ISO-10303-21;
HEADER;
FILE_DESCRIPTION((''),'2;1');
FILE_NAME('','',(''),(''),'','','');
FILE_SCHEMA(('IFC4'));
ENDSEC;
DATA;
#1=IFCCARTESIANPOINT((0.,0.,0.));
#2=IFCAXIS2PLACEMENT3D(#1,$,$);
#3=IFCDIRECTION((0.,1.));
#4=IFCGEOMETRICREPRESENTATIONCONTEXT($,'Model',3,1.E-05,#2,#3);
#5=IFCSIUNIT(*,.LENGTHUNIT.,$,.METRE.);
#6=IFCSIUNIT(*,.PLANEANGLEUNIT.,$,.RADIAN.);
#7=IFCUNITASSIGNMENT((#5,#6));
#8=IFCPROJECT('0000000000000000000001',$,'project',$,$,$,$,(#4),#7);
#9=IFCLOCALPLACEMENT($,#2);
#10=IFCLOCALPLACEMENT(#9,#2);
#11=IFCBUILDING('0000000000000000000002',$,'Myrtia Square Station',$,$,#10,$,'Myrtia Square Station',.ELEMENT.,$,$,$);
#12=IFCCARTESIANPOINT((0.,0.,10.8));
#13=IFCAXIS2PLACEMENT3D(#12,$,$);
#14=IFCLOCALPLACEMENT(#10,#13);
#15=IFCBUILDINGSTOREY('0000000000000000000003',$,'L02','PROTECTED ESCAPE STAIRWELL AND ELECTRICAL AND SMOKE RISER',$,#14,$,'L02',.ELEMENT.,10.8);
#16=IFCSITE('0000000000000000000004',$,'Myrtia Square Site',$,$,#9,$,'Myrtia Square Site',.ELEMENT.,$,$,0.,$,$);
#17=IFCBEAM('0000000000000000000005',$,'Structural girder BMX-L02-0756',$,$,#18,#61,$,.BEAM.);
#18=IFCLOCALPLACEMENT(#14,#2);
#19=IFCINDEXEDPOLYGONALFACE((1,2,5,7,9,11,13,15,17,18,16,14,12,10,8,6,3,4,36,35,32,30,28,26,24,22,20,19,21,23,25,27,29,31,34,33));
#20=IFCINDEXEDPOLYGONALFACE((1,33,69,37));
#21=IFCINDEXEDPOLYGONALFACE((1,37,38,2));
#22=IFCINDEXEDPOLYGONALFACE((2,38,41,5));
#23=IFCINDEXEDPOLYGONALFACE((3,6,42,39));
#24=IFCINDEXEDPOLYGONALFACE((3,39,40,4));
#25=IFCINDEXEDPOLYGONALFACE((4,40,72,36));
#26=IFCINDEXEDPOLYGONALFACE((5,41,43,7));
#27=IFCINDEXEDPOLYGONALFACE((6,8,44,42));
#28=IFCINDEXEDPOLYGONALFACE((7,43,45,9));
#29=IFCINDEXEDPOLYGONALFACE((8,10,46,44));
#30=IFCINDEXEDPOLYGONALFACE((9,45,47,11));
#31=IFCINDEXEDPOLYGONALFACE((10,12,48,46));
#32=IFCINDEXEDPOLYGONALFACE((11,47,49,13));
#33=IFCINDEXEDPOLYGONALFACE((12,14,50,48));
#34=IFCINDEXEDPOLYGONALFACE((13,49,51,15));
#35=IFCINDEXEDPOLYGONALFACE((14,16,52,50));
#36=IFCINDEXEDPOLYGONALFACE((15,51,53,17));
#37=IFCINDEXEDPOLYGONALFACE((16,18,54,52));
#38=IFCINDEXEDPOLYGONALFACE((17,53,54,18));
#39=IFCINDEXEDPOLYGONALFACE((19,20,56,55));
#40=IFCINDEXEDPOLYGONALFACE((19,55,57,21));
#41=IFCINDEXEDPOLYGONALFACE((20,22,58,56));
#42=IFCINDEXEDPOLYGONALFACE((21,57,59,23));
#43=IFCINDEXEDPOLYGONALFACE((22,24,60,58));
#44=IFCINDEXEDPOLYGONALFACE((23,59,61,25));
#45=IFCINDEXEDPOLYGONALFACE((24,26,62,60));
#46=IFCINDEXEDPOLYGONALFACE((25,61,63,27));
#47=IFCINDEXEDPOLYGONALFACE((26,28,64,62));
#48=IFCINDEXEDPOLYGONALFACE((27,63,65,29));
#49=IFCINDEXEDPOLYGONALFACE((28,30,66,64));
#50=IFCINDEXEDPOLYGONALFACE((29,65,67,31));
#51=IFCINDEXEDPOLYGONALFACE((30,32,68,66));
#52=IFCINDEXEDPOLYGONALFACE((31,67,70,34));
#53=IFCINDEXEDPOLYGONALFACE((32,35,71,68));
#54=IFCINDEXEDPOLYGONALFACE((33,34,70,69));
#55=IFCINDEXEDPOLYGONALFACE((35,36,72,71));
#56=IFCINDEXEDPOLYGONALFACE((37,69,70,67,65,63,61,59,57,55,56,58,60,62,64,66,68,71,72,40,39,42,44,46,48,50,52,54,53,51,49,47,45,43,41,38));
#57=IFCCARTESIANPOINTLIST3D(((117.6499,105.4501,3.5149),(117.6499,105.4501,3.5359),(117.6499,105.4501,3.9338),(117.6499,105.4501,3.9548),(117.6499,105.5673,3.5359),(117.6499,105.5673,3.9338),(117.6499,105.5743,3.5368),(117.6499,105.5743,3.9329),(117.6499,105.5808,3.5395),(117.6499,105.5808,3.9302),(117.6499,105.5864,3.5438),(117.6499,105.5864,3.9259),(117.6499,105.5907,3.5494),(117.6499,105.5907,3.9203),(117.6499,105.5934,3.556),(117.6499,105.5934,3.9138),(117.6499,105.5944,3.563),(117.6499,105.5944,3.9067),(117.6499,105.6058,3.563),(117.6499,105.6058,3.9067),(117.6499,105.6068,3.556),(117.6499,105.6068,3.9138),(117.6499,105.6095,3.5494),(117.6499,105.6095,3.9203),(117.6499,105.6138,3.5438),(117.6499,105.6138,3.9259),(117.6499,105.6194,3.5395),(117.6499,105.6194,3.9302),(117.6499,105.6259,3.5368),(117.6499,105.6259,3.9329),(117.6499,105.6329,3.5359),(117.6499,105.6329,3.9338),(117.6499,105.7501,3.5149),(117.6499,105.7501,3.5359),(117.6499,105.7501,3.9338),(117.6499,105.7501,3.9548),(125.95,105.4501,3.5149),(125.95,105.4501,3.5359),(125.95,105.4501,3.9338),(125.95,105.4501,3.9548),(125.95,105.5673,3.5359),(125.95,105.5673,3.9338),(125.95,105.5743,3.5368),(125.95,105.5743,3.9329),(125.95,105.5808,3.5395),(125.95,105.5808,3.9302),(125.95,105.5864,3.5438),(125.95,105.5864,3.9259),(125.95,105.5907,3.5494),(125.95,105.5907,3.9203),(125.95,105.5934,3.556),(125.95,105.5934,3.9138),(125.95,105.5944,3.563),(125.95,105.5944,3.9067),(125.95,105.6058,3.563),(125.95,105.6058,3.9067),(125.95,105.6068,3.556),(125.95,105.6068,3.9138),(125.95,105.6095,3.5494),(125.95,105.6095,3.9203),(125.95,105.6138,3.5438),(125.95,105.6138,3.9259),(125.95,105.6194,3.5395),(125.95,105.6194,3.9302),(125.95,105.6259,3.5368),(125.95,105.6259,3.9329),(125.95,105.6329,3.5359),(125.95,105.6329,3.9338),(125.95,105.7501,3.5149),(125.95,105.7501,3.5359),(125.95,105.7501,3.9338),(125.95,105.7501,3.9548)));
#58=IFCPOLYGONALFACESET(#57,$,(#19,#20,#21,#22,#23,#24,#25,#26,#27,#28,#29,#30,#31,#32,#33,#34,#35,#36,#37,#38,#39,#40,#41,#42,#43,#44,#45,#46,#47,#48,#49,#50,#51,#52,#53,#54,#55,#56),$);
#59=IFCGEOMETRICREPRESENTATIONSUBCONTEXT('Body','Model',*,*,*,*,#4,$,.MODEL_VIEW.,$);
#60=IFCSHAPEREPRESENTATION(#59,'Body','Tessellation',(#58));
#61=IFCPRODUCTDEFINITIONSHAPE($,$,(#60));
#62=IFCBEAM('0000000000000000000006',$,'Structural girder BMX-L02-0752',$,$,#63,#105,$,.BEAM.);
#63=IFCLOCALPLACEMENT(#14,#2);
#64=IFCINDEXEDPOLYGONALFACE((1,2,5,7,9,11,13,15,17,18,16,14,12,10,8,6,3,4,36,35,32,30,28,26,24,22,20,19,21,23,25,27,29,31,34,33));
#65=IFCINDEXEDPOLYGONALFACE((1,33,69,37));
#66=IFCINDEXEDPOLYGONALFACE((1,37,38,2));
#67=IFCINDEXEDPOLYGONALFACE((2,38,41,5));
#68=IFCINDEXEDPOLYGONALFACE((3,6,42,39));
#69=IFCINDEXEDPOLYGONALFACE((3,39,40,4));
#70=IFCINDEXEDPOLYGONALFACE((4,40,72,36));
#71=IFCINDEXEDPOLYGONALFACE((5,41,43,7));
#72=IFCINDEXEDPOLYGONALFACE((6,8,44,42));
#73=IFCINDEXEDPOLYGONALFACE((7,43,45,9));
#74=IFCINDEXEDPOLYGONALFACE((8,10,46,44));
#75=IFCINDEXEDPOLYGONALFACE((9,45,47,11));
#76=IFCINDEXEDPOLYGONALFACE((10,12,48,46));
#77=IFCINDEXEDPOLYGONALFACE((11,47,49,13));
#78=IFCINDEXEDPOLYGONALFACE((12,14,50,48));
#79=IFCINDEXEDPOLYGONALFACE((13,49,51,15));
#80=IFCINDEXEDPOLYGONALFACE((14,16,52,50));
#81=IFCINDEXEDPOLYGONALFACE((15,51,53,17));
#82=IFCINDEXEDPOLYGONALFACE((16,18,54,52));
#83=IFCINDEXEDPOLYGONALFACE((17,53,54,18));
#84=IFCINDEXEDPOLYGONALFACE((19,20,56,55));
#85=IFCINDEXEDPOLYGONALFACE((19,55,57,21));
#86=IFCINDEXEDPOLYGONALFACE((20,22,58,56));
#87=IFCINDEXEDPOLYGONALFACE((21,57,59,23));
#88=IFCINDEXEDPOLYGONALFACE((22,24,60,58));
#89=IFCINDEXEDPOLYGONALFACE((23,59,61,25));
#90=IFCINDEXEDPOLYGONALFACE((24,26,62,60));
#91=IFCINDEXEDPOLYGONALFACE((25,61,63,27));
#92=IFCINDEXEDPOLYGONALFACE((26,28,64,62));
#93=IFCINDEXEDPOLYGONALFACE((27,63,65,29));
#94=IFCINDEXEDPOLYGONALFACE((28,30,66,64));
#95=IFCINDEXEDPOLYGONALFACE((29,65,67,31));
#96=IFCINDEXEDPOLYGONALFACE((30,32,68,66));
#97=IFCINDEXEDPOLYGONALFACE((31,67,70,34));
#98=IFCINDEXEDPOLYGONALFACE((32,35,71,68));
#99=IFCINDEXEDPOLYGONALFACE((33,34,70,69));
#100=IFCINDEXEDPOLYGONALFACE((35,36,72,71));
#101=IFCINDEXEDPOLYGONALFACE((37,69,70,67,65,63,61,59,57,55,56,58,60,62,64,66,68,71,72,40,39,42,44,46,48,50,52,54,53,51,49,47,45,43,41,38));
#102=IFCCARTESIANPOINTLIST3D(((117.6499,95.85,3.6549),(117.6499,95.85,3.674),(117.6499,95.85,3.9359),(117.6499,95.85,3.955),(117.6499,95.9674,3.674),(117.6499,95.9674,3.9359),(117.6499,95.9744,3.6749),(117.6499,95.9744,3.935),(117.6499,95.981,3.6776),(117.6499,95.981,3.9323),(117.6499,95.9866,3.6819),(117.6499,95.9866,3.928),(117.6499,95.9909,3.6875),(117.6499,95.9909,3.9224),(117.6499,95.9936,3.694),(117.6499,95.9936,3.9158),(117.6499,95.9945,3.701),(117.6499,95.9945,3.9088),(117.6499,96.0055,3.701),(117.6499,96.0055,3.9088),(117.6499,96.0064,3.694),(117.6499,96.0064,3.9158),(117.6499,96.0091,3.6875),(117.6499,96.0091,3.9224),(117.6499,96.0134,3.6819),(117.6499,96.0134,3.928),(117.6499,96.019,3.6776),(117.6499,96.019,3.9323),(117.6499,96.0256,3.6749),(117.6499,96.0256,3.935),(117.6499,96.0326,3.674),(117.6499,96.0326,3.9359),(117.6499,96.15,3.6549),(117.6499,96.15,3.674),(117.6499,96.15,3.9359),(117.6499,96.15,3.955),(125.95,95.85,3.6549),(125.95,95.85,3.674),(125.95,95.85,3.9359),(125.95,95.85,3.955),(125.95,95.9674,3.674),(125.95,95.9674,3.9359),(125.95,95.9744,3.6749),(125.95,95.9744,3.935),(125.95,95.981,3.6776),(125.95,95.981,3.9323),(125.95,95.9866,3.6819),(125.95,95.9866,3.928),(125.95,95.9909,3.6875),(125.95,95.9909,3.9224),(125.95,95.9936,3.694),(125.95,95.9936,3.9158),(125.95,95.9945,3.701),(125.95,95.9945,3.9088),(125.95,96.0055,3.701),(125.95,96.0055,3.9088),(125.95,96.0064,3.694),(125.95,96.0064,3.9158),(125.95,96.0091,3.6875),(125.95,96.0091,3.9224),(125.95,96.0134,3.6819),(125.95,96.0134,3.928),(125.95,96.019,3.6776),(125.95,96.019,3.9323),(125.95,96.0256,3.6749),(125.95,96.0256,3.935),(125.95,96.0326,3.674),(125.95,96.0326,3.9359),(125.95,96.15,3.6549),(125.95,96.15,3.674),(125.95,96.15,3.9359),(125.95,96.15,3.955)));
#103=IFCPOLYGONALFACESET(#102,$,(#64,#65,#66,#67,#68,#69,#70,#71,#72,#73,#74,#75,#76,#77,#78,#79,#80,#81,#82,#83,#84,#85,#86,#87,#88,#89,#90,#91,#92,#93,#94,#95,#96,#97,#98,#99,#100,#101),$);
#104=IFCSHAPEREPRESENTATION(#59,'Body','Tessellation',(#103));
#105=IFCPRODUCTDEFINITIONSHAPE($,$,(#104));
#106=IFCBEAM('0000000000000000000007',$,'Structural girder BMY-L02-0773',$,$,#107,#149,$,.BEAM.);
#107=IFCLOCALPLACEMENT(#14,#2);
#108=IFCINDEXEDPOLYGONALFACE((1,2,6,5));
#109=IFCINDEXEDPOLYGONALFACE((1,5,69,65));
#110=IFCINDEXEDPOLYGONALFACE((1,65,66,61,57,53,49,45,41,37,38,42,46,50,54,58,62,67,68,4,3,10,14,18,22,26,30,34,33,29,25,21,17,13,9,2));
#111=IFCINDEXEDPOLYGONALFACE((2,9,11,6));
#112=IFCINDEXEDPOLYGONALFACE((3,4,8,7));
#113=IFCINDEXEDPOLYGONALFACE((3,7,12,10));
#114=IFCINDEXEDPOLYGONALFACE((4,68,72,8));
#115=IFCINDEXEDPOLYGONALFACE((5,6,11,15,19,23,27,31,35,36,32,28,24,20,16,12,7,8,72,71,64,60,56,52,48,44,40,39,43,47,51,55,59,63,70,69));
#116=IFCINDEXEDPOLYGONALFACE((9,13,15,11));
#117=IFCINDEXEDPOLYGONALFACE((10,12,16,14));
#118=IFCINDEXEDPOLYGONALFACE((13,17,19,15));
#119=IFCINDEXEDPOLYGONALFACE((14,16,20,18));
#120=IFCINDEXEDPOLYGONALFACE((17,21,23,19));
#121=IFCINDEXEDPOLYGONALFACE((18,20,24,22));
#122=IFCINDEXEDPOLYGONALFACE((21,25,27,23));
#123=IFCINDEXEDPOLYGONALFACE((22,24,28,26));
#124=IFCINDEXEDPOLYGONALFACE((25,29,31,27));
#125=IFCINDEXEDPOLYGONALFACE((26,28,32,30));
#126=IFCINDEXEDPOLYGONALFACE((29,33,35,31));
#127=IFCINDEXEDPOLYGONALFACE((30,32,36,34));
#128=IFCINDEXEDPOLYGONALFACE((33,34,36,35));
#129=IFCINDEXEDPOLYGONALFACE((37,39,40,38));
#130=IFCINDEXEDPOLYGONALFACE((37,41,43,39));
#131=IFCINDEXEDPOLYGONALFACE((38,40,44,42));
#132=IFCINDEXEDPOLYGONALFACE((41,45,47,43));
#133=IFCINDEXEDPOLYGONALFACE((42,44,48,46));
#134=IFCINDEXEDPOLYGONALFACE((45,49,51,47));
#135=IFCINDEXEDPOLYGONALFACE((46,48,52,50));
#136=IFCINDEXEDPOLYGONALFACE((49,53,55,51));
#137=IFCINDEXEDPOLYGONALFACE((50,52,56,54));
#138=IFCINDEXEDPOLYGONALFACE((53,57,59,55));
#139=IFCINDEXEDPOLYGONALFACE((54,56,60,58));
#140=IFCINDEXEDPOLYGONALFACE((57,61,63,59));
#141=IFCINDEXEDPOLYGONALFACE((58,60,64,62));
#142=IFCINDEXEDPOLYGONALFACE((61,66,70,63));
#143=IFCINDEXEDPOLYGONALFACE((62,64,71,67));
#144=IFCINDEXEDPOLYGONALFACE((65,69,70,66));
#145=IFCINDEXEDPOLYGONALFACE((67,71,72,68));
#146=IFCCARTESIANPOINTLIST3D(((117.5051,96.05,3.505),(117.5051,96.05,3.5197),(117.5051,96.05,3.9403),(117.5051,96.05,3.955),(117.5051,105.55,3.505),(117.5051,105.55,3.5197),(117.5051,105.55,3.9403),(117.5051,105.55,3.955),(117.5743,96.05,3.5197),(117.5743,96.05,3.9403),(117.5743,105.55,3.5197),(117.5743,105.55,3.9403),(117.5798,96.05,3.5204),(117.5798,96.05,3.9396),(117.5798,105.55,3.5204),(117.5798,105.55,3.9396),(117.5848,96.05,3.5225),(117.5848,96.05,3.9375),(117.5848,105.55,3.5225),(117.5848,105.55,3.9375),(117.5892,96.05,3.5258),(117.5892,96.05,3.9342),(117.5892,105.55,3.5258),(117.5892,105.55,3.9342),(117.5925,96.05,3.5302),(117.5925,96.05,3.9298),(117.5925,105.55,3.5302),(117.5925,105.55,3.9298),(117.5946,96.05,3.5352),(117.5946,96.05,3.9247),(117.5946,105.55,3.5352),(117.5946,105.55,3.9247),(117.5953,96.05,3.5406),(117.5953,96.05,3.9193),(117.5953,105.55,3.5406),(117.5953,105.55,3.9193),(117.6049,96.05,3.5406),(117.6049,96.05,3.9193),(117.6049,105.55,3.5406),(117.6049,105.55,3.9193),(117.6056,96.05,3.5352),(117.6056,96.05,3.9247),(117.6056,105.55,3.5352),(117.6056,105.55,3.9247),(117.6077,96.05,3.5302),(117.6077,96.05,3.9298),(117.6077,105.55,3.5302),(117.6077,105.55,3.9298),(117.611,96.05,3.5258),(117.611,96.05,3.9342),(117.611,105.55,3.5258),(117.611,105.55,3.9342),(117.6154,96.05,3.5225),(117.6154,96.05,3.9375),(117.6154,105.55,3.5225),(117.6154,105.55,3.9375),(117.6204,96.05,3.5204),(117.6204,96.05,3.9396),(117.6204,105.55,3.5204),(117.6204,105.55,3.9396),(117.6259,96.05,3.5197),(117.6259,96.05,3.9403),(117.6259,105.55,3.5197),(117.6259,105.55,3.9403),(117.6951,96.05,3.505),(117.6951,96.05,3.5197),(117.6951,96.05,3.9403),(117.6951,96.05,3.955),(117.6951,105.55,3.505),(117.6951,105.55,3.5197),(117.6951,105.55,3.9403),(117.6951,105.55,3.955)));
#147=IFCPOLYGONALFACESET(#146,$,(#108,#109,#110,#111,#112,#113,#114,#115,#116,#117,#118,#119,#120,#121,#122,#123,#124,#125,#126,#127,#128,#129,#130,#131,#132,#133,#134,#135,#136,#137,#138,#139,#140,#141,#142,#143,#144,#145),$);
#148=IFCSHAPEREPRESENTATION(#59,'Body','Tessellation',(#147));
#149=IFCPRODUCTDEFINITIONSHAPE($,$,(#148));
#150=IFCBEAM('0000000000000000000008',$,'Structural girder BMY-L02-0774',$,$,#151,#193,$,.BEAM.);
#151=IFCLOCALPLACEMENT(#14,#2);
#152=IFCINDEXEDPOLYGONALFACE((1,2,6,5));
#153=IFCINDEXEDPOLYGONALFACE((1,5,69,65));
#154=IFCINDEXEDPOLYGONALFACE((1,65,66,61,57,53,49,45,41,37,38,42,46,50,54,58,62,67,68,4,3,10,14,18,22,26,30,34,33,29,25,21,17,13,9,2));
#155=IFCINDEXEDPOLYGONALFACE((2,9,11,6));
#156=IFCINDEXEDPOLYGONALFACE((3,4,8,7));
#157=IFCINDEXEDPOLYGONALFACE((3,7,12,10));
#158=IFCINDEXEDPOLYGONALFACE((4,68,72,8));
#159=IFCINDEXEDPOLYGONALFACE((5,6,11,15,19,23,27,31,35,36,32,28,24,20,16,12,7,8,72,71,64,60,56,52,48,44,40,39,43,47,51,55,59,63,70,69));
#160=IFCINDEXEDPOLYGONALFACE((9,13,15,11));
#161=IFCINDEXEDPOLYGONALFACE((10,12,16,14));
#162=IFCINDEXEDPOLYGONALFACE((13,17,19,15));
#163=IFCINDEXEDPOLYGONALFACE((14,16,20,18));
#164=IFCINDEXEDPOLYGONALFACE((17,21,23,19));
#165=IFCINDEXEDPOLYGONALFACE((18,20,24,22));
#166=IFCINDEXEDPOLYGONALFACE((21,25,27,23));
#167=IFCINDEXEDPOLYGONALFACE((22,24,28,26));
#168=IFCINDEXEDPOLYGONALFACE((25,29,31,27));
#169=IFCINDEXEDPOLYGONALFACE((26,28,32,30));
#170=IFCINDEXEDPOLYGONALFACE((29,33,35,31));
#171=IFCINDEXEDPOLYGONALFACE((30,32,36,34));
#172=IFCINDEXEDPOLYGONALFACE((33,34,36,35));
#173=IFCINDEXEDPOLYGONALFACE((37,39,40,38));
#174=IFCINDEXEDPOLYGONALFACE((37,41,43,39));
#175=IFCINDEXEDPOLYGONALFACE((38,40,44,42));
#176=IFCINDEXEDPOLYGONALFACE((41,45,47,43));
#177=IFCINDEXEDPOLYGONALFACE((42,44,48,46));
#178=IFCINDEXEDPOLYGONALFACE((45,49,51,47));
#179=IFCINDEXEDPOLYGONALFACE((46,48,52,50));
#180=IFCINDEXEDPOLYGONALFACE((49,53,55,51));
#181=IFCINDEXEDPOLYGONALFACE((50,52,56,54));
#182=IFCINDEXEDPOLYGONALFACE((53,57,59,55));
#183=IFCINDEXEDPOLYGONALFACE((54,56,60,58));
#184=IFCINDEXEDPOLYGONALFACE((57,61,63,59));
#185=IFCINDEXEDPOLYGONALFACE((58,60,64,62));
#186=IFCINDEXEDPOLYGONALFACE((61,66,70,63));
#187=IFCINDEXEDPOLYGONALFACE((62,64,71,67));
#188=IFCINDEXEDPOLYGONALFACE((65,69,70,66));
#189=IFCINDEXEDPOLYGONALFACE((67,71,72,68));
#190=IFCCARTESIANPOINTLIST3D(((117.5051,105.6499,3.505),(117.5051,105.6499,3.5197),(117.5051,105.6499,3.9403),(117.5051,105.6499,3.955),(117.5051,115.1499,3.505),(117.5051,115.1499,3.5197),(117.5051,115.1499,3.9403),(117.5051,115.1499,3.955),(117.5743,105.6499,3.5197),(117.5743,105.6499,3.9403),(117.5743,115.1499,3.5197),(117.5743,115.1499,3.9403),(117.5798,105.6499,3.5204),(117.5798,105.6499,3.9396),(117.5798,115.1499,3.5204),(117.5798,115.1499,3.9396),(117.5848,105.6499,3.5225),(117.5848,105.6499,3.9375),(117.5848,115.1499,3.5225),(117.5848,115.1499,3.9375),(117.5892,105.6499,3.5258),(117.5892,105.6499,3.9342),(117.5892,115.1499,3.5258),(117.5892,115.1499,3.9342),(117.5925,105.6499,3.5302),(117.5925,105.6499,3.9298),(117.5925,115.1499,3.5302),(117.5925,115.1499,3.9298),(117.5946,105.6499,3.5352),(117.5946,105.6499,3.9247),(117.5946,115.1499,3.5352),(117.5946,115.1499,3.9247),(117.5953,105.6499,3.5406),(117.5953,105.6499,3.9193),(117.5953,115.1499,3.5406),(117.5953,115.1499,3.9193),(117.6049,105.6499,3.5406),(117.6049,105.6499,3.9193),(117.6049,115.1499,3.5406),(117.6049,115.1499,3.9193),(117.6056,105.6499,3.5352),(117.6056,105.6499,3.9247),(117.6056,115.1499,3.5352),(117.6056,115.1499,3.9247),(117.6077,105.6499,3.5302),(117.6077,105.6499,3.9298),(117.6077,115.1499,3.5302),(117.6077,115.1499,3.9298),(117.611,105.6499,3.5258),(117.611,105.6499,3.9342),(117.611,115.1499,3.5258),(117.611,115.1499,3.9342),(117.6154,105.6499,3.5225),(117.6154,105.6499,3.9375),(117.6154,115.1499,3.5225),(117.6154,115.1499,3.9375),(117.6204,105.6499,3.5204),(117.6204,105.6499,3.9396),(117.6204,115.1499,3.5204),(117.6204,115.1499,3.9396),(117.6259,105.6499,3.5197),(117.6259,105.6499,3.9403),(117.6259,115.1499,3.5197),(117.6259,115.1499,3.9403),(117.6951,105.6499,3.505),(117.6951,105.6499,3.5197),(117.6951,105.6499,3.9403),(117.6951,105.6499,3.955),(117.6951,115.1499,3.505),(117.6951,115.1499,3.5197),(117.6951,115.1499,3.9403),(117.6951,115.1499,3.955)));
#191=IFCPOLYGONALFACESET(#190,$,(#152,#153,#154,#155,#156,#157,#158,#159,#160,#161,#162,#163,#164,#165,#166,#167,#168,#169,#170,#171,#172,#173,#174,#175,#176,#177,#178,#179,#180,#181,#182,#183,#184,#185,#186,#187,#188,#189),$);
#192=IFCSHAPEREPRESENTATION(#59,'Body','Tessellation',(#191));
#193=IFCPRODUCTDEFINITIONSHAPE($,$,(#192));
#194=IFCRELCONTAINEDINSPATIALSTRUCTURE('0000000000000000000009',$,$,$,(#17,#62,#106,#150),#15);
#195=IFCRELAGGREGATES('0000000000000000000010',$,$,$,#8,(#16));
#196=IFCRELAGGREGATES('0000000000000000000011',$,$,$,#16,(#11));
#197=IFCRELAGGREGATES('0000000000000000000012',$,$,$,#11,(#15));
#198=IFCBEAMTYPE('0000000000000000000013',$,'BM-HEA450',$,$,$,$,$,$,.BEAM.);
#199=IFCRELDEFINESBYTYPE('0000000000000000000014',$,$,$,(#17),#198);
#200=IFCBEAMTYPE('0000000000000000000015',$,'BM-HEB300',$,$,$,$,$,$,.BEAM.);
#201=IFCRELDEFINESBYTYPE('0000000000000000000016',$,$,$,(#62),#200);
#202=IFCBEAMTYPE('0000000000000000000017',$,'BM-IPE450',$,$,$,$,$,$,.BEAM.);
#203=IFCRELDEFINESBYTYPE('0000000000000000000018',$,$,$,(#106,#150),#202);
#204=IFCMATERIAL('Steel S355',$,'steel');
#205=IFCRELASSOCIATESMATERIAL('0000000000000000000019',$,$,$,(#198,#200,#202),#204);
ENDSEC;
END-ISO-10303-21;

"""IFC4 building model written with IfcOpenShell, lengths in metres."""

from ifc_helpers import new_model, si_unit, direction, frame, origin, origin_2d, place, context, subcontext, project, spatial, i_section, extrude, material, material_profile, profile_set, type_object, element, save


model = new_model("IFC4")

# Units and contexts
model_context = context("Model", 3, precision=1e-05, world=origin(), true_north=direction((0.0, 1.0)))
body_context = subcontext(model_context, "Body", "Model", "MODEL_VIEW")
ifc_project = project(units=[si_unit("LENGTHUNIT", "METRE"), si_unit("PLANEANGLEUNIT", "RADIAN")], contexts=[model_context])

# Site, building, storey
site_placement = place(None, origin())
site = spatial("IfcSite", under=ifc_project, at=site_placement, Name="Myrtia Square Site", LongName="Myrtia Square Site", CompositionType="ELEMENT", RefElevation=0.0)
building_placement = place(site_placement, origin())
building = spatial("IfcBuilding", under=site, at=building_placement, Name="Myrtia Square Station", LongName="Myrtia Square Station", CompositionType="ELEMENT")
storey_placement = place(building_placement, frame((0.0, 0.0, 10.8)))
storey = spatial("IfcBuildingStorey", under=building, at=storey_placement, Name="L02", Description="PROTECTED ESCAPE STAIRWELL AND ELECTRICAL AND SMOKE RISER", LongName="L02", CompositionType="ELEMENT", Elevation=10.8)

# Shared definitions
ifc_material_1 = material(Name="Steel S355", Category="steel")

# Beams
ifc_material_profile_1 = material_profile(ifc_material_1, i_section(OverallWidth=0.3, OverallDepth=0.4399, WebThickness=0.0115, FlangeThickness=0.021, FilletRadius=0.0271, at=origin_2d()), Name="HEA 450")
ifc_profile_set_1 = profile_set([ifc_material_profile_1], Name="Steel S355")
beam_type_1 = type_object("IfcBeamType", Name="BM-HEA450", PredefinedType="BEAM", material=ifc_profile_set_1)
beam_1_placement = place(storey_placement, frame((117.6499, 105.6001, 3.7349), z_axis=(1.0, 0.0, 0.0), x_axis=(0.0, 1.0, 0.0)))
element("IfcBeam", 1, at=beam_1_placement, inside=storey, type_object=beam_type_1, Name="Structural girder BMX-L02-0756", PredefinedType="BEAM", context=body_context, shape_type="SweptSolid", body=[
    extrude(i_section(OverallWidth=0.3, OverallDepth=0.4399, WebThickness=0.0115, FlangeThickness=0.021, FilletRadius=0.0271, at=origin_2d()), origin(), (0.0, 0.0, 1.0), 8.3),
])
ifc_material_profile_2 = material_profile(ifc_material_1, i_section(OverallWidth=0.3, OverallDepth=0.3, WebThickness=0.011, FlangeThickness=0.019, FilletRadius=0.0271, at=origin_2d()), Name="HEB 300")
ifc_profile_set_2 = profile_set([ifc_material_profile_2], Name="Steel S355")
beam_type_2 = type_object("IfcBeamType", Name="BM-HEB300", PredefinedType="BEAM", material=ifc_profile_set_2)
beam_2_placement = place(storey_placement, frame((117.6499, 96.0, 3.8049), z_axis=(1.0, 0.0, 0.0), x_axis=(0.0, 1.0, 0.0)))
element("IfcBeam", 2, at=beam_2_placement, inside=storey, type_object=beam_type_2, Name="Structural girder BMX-L02-0752", PredefinedType="BEAM", context=body_context, shape_type="SweptSolid", body=[
    extrude(i_section(OverallWidth=0.3, OverallDepth=0.3, WebThickness=0.011, FlangeThickness=0.019, FilletRadius=0.0271, at=origin_2d()), origin(), (0.0, 0.0, 1.0), 8.3),
])
ifc_material_profile_3 = material_profile(ifc_material_1, i_section(OverallWidth=0.1899, OverallDepth=0.45, WebThickness=0.0095, FlangeThickness=0.0146, FilletRadius=0.021, at=origin_2d()), Name="IPE 450")
ifc_profile_set_3 = profile_set([ifc_material_profile_3], Name="Steel S355")
beam_type_3 = type_object("IfcBeamType", Name="BM-IPE450", PredefinedType="BEAM", material=ifc_profile_set_3)
for number, where, z_axis, x_axis, name in (
    (3, (117.6001, 96.05, 3.73), (0.0, 1.0, 0.0), (-1.0, 0.0, 0.0), "Structural girder BMY-L02-0773"),
    (4, (117.6001, 105.6499, 3.73), (0.0, 1.0, 0.0), (-1.0, 0.0, 0.0), "Structural girder BMY-L02-0774"),
):
    element("IfcBeam", number, at=place(storey_placement, frame(where, z_axis=z_axis, x_axis=x_axis)), inside=storey, type_object=beam_type_3, Name=name, PredefinedType="BEAM", context=body_context, shape_type="SweptSolid", body=[
        extrude(i_section(OverallWidth=0.1899, OverallDepth=0.45, WebThickness=0.0095, FlangeThickness=0.0146, FilletRadius=0.021, at=origin_2d()), origin(), (0.0, 0.0, 1.0), 9.5),
    ])

save(model, "model.ifc")
